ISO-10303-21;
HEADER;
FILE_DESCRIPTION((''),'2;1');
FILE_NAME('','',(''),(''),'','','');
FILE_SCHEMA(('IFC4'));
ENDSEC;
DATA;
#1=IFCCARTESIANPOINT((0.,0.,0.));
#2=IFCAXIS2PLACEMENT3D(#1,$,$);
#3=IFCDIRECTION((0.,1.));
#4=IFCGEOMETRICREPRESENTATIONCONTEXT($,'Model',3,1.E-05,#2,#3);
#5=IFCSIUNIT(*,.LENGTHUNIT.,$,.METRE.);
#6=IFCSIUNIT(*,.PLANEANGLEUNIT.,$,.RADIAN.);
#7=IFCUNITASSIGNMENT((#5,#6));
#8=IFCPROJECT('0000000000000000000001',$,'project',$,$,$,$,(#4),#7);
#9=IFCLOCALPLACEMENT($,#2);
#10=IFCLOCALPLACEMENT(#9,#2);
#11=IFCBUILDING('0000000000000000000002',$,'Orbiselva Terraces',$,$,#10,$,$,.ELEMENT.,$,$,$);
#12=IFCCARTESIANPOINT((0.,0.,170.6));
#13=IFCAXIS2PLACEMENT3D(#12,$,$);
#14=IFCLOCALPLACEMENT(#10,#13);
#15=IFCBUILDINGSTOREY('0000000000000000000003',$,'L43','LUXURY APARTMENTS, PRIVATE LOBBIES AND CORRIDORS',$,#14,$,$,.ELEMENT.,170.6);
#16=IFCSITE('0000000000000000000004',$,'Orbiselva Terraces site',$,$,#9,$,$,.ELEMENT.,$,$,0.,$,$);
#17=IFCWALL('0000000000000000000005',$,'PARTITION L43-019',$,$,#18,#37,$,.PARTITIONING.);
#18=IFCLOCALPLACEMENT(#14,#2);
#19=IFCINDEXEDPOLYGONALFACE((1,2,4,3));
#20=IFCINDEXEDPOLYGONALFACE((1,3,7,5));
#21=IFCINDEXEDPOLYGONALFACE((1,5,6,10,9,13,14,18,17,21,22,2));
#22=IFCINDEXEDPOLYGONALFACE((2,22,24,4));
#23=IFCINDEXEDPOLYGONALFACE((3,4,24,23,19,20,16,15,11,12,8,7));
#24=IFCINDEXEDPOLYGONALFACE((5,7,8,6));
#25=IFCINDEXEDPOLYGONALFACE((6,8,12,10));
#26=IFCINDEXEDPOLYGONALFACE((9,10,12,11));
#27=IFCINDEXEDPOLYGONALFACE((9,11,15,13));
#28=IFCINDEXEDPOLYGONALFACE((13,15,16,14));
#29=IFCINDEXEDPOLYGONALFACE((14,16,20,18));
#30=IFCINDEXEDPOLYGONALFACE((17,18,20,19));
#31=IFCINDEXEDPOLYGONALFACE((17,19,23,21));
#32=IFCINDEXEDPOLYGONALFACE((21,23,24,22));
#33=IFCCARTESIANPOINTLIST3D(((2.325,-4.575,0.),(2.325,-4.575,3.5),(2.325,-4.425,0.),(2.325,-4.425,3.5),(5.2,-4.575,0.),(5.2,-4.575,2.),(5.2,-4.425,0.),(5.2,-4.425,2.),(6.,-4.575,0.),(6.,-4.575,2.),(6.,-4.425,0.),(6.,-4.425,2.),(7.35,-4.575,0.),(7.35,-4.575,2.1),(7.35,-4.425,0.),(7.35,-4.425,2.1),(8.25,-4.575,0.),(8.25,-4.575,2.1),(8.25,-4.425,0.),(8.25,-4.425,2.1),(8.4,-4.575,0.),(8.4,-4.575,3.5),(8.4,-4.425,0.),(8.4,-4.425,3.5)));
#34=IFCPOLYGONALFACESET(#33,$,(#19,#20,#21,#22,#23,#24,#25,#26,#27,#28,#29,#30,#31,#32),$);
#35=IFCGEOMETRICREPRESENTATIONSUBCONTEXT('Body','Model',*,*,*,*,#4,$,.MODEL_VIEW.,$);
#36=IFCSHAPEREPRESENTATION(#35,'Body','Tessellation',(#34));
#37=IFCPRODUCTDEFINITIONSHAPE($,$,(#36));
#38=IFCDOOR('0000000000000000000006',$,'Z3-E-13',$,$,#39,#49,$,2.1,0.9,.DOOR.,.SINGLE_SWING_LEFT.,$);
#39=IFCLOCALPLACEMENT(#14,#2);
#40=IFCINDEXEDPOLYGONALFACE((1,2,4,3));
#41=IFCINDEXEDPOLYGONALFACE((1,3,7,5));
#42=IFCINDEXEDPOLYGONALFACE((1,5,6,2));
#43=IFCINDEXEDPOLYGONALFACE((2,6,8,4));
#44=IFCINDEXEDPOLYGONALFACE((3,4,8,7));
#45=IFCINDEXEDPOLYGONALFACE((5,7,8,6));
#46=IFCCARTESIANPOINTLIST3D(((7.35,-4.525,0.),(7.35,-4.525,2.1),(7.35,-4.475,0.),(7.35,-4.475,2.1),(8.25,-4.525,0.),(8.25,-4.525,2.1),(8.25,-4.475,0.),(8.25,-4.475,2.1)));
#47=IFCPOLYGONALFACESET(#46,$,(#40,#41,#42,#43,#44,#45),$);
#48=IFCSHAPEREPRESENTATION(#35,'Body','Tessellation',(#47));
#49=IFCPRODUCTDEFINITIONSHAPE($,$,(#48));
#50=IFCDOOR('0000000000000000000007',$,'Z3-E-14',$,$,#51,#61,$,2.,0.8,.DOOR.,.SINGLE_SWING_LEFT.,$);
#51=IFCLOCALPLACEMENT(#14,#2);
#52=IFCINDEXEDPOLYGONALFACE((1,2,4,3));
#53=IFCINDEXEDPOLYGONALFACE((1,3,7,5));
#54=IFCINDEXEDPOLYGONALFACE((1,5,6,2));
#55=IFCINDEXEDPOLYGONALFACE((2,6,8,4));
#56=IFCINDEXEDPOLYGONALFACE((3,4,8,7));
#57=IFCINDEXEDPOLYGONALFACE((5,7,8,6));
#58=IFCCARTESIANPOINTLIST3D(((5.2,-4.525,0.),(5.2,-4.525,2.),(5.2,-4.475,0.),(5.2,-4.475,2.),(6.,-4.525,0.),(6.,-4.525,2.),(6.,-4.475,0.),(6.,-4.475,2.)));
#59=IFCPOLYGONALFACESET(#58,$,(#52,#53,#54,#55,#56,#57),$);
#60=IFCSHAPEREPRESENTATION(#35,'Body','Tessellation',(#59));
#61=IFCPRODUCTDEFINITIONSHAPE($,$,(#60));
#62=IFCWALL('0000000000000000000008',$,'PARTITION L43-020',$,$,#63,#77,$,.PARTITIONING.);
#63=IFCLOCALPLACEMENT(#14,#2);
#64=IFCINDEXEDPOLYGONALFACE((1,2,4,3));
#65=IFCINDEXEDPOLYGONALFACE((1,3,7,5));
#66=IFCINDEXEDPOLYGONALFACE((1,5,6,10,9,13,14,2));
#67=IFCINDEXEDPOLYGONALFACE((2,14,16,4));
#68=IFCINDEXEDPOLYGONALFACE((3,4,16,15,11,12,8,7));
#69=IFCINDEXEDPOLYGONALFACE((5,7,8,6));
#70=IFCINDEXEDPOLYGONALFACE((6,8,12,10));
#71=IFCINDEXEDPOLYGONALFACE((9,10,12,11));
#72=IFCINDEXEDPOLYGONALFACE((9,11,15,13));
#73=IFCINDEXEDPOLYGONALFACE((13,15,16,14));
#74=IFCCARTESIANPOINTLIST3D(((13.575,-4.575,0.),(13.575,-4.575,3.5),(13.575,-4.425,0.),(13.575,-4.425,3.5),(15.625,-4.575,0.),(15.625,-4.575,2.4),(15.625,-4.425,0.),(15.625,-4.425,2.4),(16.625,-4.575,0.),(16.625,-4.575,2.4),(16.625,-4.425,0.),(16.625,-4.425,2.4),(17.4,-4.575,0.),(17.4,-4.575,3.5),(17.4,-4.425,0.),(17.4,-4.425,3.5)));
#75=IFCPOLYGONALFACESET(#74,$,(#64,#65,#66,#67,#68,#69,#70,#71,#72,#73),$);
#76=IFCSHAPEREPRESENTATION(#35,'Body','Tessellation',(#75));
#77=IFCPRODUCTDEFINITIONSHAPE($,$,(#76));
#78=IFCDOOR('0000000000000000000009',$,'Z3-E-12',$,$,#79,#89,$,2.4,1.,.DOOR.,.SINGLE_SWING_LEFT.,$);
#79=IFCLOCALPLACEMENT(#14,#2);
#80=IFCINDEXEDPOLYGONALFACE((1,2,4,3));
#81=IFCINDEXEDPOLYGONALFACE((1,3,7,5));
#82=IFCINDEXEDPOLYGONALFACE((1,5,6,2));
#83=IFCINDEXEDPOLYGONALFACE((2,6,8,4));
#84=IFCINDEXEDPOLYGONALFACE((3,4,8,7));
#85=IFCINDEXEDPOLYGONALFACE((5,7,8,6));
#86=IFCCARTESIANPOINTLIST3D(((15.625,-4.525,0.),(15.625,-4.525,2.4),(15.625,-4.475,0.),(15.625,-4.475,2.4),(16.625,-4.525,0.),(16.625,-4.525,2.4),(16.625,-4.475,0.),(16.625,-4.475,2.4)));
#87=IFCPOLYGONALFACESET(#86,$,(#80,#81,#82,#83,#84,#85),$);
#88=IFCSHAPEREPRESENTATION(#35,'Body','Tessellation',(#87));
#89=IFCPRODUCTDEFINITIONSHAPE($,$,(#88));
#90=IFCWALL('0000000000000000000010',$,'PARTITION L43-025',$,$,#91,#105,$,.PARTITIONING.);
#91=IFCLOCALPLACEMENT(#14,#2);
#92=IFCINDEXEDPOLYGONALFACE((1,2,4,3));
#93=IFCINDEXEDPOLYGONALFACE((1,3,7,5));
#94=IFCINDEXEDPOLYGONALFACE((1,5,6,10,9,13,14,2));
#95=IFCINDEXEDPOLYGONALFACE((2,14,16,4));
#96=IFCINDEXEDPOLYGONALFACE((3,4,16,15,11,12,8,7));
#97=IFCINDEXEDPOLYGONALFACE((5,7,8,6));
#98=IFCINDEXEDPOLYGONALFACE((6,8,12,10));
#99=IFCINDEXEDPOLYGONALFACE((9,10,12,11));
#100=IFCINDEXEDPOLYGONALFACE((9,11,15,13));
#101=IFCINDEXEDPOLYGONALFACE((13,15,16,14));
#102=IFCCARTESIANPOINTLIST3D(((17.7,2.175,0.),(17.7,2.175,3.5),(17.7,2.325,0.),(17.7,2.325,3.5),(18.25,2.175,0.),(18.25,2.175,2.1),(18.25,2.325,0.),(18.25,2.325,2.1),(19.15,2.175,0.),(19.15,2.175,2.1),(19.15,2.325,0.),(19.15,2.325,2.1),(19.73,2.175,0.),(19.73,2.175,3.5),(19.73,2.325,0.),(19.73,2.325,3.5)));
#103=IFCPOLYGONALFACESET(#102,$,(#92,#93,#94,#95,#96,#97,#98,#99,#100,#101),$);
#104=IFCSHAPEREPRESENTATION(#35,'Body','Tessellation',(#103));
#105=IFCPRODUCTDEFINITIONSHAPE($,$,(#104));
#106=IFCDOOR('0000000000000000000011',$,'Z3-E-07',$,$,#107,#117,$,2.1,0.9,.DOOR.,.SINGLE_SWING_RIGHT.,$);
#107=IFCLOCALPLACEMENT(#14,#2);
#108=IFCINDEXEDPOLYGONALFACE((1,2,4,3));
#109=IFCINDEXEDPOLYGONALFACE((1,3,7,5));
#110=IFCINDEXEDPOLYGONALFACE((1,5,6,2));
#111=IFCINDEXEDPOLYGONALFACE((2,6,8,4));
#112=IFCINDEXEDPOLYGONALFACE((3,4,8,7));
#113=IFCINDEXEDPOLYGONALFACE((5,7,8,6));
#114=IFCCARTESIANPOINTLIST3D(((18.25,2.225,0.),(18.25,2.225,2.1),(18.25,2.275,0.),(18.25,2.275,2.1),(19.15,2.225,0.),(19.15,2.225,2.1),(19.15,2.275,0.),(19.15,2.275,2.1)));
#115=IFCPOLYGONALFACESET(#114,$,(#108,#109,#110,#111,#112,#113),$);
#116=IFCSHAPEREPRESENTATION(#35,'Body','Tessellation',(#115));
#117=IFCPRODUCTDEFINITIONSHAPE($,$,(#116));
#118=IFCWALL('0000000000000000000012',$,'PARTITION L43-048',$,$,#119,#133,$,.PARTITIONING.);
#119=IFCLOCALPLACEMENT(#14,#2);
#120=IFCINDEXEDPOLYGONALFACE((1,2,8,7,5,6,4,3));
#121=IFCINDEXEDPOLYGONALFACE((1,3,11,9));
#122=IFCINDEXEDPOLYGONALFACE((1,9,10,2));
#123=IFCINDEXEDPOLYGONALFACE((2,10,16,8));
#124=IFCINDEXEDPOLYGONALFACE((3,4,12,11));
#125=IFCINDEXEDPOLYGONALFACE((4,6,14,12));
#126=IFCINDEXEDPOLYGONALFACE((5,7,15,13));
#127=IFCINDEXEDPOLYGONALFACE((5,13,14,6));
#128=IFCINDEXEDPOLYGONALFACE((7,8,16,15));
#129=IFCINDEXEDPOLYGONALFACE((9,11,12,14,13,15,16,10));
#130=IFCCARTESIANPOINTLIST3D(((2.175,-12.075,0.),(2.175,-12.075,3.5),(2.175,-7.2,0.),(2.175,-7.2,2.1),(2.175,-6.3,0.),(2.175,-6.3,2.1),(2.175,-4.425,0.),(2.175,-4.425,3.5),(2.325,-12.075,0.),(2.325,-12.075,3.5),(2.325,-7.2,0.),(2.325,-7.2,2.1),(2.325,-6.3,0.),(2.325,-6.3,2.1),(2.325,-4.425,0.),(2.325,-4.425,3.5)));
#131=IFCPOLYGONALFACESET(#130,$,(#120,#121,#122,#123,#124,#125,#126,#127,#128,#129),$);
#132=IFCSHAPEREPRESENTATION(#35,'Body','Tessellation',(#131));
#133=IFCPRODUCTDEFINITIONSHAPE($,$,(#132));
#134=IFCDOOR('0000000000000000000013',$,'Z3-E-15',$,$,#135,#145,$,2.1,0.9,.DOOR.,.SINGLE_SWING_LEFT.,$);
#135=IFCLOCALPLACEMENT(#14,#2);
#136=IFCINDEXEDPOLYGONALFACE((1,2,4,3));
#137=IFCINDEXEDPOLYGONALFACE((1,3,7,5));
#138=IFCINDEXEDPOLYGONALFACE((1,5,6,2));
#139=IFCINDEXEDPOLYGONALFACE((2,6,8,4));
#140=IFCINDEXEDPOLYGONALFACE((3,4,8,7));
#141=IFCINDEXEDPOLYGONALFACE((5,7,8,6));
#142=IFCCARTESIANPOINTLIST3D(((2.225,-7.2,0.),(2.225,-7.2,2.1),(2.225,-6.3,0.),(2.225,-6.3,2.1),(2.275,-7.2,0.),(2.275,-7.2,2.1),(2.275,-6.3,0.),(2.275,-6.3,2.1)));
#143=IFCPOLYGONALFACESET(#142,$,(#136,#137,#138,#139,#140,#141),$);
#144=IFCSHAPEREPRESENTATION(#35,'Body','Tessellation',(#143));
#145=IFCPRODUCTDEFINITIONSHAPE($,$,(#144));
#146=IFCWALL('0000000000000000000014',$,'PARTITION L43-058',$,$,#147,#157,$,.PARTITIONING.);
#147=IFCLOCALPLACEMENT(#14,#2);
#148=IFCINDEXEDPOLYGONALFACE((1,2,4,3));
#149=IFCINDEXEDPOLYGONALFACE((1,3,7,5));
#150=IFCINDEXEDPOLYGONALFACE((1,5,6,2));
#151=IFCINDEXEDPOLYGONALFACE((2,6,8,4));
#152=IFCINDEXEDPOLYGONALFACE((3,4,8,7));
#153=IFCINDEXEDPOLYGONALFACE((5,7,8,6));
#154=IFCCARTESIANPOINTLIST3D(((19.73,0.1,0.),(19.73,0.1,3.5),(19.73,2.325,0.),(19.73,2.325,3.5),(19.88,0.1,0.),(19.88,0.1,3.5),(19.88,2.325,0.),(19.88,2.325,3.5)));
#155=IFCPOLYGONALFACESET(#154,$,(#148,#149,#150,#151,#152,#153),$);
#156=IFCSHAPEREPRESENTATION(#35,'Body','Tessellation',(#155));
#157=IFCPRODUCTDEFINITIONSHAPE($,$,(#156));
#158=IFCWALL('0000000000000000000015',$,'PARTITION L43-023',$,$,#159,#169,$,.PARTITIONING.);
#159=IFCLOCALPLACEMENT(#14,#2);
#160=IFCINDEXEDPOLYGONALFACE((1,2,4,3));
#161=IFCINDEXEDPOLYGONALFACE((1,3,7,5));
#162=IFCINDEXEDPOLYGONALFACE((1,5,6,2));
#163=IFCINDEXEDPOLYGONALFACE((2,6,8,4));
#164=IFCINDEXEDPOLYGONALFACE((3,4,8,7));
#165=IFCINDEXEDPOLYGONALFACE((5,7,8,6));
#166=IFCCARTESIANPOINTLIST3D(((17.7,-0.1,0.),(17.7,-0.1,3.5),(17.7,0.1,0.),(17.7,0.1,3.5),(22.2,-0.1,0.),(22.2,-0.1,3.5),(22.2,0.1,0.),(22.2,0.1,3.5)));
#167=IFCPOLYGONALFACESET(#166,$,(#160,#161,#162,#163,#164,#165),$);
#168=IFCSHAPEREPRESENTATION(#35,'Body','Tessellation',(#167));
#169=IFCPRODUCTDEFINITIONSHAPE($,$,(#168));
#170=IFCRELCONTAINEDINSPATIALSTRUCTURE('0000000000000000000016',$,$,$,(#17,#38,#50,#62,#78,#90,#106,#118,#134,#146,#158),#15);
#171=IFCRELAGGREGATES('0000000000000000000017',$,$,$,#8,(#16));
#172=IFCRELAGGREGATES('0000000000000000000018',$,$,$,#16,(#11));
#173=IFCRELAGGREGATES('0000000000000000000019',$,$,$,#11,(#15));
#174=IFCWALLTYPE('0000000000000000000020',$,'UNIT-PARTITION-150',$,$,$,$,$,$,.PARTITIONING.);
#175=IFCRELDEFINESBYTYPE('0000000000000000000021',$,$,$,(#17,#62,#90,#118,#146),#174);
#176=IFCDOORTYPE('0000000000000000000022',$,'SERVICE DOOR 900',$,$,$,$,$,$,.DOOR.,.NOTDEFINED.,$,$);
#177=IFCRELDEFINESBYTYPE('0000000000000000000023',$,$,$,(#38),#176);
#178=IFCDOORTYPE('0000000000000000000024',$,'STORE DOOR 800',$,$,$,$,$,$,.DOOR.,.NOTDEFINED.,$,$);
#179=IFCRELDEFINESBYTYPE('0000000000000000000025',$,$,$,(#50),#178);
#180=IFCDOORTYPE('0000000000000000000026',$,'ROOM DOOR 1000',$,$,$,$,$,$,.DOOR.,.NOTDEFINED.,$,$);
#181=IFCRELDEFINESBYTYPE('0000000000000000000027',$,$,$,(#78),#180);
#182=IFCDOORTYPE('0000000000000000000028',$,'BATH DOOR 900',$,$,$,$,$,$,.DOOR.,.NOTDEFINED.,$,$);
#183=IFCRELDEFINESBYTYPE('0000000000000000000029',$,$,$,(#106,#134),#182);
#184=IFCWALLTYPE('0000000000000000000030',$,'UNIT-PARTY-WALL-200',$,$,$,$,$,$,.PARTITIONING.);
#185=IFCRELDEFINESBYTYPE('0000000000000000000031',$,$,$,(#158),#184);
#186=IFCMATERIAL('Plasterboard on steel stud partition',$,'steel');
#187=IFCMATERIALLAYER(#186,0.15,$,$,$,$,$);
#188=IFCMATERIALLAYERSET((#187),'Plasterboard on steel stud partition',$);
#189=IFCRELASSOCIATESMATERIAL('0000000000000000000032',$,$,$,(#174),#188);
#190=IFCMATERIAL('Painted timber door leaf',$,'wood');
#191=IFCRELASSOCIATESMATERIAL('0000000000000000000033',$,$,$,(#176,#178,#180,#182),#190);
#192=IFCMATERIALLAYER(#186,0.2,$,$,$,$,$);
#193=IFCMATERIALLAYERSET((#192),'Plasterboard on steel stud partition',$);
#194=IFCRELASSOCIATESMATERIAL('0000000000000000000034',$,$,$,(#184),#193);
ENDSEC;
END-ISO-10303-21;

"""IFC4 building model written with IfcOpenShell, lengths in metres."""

from ifc_helpers import new_model, si_unit, direction, frame, frame_2d, origin, place, context, subcontext, project, spatial, rectangle, extrude, material, layer, layer_set, type_object, element, fill, save


model = new_model("IFC4")

# Units and contexts
model_context = context("Model", 3, precision=1e-05, world=origin(), true_north=direction((0.0, 1.0)))
body_context = subcontext(model_context, "Body", "Model", "MODEL_VIEW")
ifc_project = project(units=[si_unit("LENGTHUNIT", "METRE"), si_unit("PLANEANGLEUNIT", "RADIAN")], contexts=[model_context])

# Site, building, storey
site_placement = place(None, origin())
site = spatial("IfcSite", under=ifc_project, at=site_placement, Name="Orbiselva Terraces site", CompositionType="ELEMENT", RefElevation=0.0)
building_placement = place(site_placement, origin())
building = spatial("IfcBuilding", under=site, at=building_placement, Name="Orbiselva Terraces", CompositionType="ELEMENT")
storey_placement = place(building_placement, frame((0.0, 0.0, 170.6)))
storey = spatial("IfcBuildingStorey", under=building, at=storey_placement, Name="L43", Description="LUXURY APARTMENTS, PRIVATE LOBBIES AND CORRIDORS", CompositionType="ELEMENT", Elevation=170.6)

# Shared definitions
ifc_material_1 = material(Name="Plasterboard on steel stud partition", Category="steel")
ifc_material_2 = material(Name="Painted timber door leaf", Category="wood")

# Wall, openings, doors
ifc_layer_1 = layer(ifc_material_1, 0.15)
ifc_layer_set_1 = layer_set([ifc_layer_1], Name="Plasterboard on steel stud partition")
wall_type_1 = type_object("IfcWallType", Name="UNIT-PARTITION-150", PredefinedType="PARTITIONING", material=ifc_layer_set_1)
wall_1_placement = place(storey_placement, frame((8.4, -4.5, 0.0), z_axis=(0.0, 0.0, 1.0), x_axis=(-1.0, 0.0, 0.0)))
wall_1 = element("IfcWall", 1, at=wall_1_placement, inside=storey, type_object=wall_type_1, Name="PARTITION L43-019", PredefinedType="PARTITIONING", context=body_context, shape_type="SweptSolid", body=[
    extrude(rectangle(XDim=6.075, YDim=0.15, at=frame_2d((3.0375, 0.0))), origin(), (0.0, 0.0, 1.0), 3.5),
])
opening_1_placement = place(wall_1_placement, frame((0.15, 0.0, 0.0)))
opening_1 = element("IfcOpeningElement", 2, at=opening_1_placement, cuts=wall_1, PredefinedType="OPENING", context=body_context, shape_type="SweptSolid", body=[
    extrude(rectangle(XDim=0.9, YDim=2.1, at=frame_2d((0.45, 1.05))), frame((0.0, 0.085, 0.0), z_axis=(0.0, -1.0, 0.0), x_axis=(1.0, 0.0, 0.0)), (0.0, 0.0, 1.0), 0.17),
])
opening_2_placement = place(wall_1_placement, frame((2.4, 0.0, 0.0)))
opening_2 = element("IfcOpeningElement", 3, at=opening_2_placement, cuts=wall_1, PredefinedType="OPENING", context=body_context, shape_type="SweptSolid", body=[
    extrude(rectangle(XDim=0.8, YDim=2.0, at=frame_2d((0.4, 1.0))), frame((0.0, 0.085, 0.0), z_axis=(0.0, -1.0, 0.0), x_axis=(1.0, 0.0, 0.0)), (0.0, 0.0, 1.0), 0.17),
])
door_type_1 = type_object("IfcDoorType", Name="SERVICE DOOR 900", OperationType="NOTDEFINED", PredefinedType="DOOR", material=ifc_material_2)
door_1_placement = place(opening_1_placement, origin())
door_1 = element("IfcDoor", 4, at=door_1_placement, inside=storey, type_object=door_type_1, Name="Z3-E-13", OperationType="SINGLE_SWING_LEFT", OverallHeight=2.1, OverallWidth=0.9, PredefinedType="DOOR", context=body_context, shape_type="SweptSolid", body=[
    extrude(rectangle(XDim=0.9, YDim=2.1, at=frame_2d((0.45, 1.05))), frame((0.0, 0.025, 0.0), z_axis=(0.0, -1.0, 0.0), x_axis=(1.0, 0.0, 0.0)), (0.0, 0.0, 1.0), 0.05),
])
fill(opening_1, door_1)
door_type_2 = type_object("IfcDoorType", Name="STORE DOOR 800", OperationType="NOTDEFINED", PredefinedType="DOOR", material=ifc_material_2)
door_2_placement = place(opening_2_placement, origin())
door_2 = element("IfcDoor", 5, at=door_2_placement, inside=storey, type_object=door_type_2, Name="Z3-E-14", OperationType="SINGLE_SWING_LEFT", OverallHeight=2.0, OverallWidth=0.8, PredefinedType="DOOR", context=body_context, shape_type="SweptSolid", body=[
    extrude(rectangle(XDim=0.8, YDim=2.0, at=frame_2d((0.4, 1.0))), frame((0.0, 0.025, 0.0), z_axis=(0.0, -1.0, 0.0), x_axis=(1.0, 0.0, 0.0)), (0.0, 0.0, 1.0), 0.05),
])
fill(opening_2, door_2)

# Walls, openings, doors
wall_2_placement = place(storey_placement, frame((17.4, -4.5, 0.0), z_axis=(0.0, 0.0, 1.0), x_axis=(-1.0, 0.0, 0.0)))
wall_2 = element("IfcWall", 6, at=wall_2_placement, inside=storey, type_object=wall_type_1, Name="PARTITION L43-020", PredefinedType="PARTITIONING", context=body_context, shape_type="SweptSolid", body=[
    extrude(rectangle(XDim=3.825, YDim=0.15, at=frame_2d((1.9125, 0.0))), origin(), (0.0, 0.0, 1.0), 3.5),
])
opening_3_placement = place(wall_2_placement, frame((0.775, 0.0, 0.0)))
opening_3 = element("IfcOpeningElement", 7, at=opening_3_placement, cuts=wall_2, PredefinedType="OPENING", context=body_context, shape_type="SweptSolid", body=[
    extrude(rectangle(XDim=1.0, YDim=2.4, at=frame_2d((0.5, 1.2))), frame((0.0, 0.085, 0.0), z_axis=(0.0, -1.0, 0.0), x_axis=(1.0, 0.0, 0.0)), (0.0, 0.0, 1.0), 0.17),
])
door_type_3 = type_object("IfcDoorType", Name="ROOM DOOR 1000", OperationType="NOTDEFINED", PredefinedType="DOOR", material=ifc_material_2)
door_3_placement = place(opening_3_placement, origin())
door_3 = element("IfcDoor", 8, at=door_3_placement, inside=storey, type_object=door_type_3, Name="Z3-E-12", OperationType="SINGLE_SWING_LEFT", OverallHeight=2.4, OverallWidth=1.0, PredefinedType="DOOR", context=body_context, shape_type="SweptSolid", body=[
    extrude(rectangle(XDim=1.0, YDim=2.4, at=frame_2d((0.5, 1.2))), frame((0.0, 0.025, 0.0), z_axis=(0.0, -1.0, 0.0), x_axis=(1.0, 0.0, 0.0)), (0.0, 0.0, 1.0), 0.05),
])
fill(opening_3, door_3)
wall_3_placement = place(storey_placement, frame((19.73, 2.25, 0.0), z_axis=(0.0, 0.0, 1.0), x_axis=(-1.0, 0.0, 0.0)))
wall_3 = element("IfcWall", 9, at=wall_3_placement, inside=storey, type_object=wall_type_1, Name="PARTITION L43-025", PredefinedType="PARTITIONING", context=body_context, shape_type="SweptSolid", body=[
    extrude(rectangle(XDim=2.03, YDim=0.15, at=frame_2d((1.015, 0.0))), origin(), (0.0, 0.0, 1.0), 3.5),
])
opening_4_placement = place(wall_3_placement, frame((0.58, 0.0, 0.0)))
opening_4 = element("IfcOpeningElement", 10, at=opening_4_placement, cuts=wall_3, PredefinedType="OPENING", context=body_context, shape_type="SweptSolid", body=[
    extrude(rectangle(XDim=0.9, YDim=2.1, at=frame_2d((0.45, 1.05))), frame((0.0, 0.085, 0.0), z_axis=(0.0, -1.0, 0.0), x_axis=(1.0, 0.0, 0.0)), (0.0, 0.0, 1.0), 0.17),
])
door_type_4 = type_object("IfcDoorType", Name="BATH DOOR 900", OperationType="NOTDEFINED", PredefinedType="DOOR", material=ifc_material_2)
door_4_placement = place(opening_4_placement, origin())
door_4 = element("IfcDoor", 11, at=door_4_placement, inside=storey, type_object=door_type_4, Name="Z3-E-07", OperationType="SINGLE_SWING_RIGHT", OverallHeight=2.1, OverallWidth=0.9, PredefinedType="DOOR", context=body_context, shape_type="SweptSolid", body=[
    extrude(rectangle(XDim=0.9, YDim=2.1, at=frame_2d((0.45, 1.05))), frame((0.0, 0.025, 0.0), z_axis=(0.0, -1.0, 0.0), x_axis=(1.0, 0.0, 0.0)), (0.0, 0.0, 1.0), 0.05),
])
fill(opening_4, door_4)
wall_4_placement = place(storey_placement, frame((2.25, -4.425, 0.0), z_axis=(0.0, 0.0, 1.0), x_axis=(0.0, -1.0, 0.0)))
wall_4 = element("IfcWall", 12, at=wall_4_placement, inside=storey, type_object=wall_type_1, Name="PARTITION L43-048", PredefinedType="PARTITIONING", context=body_context, shape_type="SweptSolid", body=[
    extrude(rectangle(XDim=7.65, YDim=0.15, at=frame_2d((3.825, 0.0))), origin(), (0.0, 0.0, 1.0), 3.5),
])
opening_5_placement = place(wall_4_placement, frame((1.875, 0.0, 0.0)))
opening_5 = element("IfcOpeningElement", 13, at=opening_5_placement, cuts=wall_4, PredefinedType="OPENING", context=body_context, shape_type="SweptSolid", body=[
    extrude(rectangle(XDim=0.9, YDim=2.1, at=frame_2d((0.45, 1.05))), frame((0.0, 0.085, 0.0), z_axis=(0.0, -1.0, 0.0), x_axis=(1.0, 0.0, 0.0)), (0.0, 0.0, 1.0), 0.17),
])
door_5_placement = place(opening_5_placement, origin())
door_5 = element("IfcDoor", 14, at=door_5_placement, inside=storey, type_object=door_type_4, Name="Z3-E-15", OperationType="SINGLE_SWING_LEFT", OverallHeight=2.1, OverallWidth=0.9, PredefinedType="DOOR", context=body_context, shape_type="SweptSolid", body=[
    extrude(rectangle(XDim=0.9, YDim=2.1, at=frame_2d((0.45, 1.05))), frame((0.0, 0.025, 0.0), z_axis=(0.0, -1.0, 0.0), x_axis=(1.0, 0.0, 0.0)), (0.0, 0.0, 1.0), 0.05),
])
fill(opening_5, door_5)

# Walls
wall_5_placement = place(storey_placement, frame((19.805, 0.1, 0.0), z_axis=(0.0, 0.0, 1.0), x_axis=(0.0, 1.0, 0.0)))
element("IfcWall", 15, at=wall_5_placement, inside=storey, type_object=wall_type_1, Name="PARTITION L43-058", PredefinedType="PARTITIONING", context=body_context, shape_type="SweptSolid", body=[
    extrude(rectangle(XDim=2.225, YDim=0.15, at=frame_2d((1.1125, 0.0))), origin(), (0.0, 0.0, 1.0), 3.5),
])
ifc_layer_2 = layer(ifc_material_1, 0.2)
ifc_layer_set_2 = layer_set([ifc_layer_2], Name="Plasterboard on steel stud partition")
wall_type_2 = type_object("IfcWallType", Name="UNIT-PARTY-WALL-200", PredefinedType="PARTITIONING", material=ifc_layer_set_2)
wall_6_placement = place(storey_placement, frame((17.7, 0.0, 0.0), z_axis=(0.0, 0.0, 1.0), x_axis=(1.0, 0.0, 0.0)))
element("IfcWall", 16, at=wall_6_placement, inside=storey, type_object=wall_type_2, Name="PARTITION L43-023", PredefinedType="PARTITIONING", context=body_context, shape_type="SweptSolid", body=[
    extrude(rectangle(XDim=4.5, YDim=0.2, at=frame_2d((2.25, 0.0))), origin(), (0.0, 0.0, 1.0), 3.5),
])

save(model, "model.ifc")
